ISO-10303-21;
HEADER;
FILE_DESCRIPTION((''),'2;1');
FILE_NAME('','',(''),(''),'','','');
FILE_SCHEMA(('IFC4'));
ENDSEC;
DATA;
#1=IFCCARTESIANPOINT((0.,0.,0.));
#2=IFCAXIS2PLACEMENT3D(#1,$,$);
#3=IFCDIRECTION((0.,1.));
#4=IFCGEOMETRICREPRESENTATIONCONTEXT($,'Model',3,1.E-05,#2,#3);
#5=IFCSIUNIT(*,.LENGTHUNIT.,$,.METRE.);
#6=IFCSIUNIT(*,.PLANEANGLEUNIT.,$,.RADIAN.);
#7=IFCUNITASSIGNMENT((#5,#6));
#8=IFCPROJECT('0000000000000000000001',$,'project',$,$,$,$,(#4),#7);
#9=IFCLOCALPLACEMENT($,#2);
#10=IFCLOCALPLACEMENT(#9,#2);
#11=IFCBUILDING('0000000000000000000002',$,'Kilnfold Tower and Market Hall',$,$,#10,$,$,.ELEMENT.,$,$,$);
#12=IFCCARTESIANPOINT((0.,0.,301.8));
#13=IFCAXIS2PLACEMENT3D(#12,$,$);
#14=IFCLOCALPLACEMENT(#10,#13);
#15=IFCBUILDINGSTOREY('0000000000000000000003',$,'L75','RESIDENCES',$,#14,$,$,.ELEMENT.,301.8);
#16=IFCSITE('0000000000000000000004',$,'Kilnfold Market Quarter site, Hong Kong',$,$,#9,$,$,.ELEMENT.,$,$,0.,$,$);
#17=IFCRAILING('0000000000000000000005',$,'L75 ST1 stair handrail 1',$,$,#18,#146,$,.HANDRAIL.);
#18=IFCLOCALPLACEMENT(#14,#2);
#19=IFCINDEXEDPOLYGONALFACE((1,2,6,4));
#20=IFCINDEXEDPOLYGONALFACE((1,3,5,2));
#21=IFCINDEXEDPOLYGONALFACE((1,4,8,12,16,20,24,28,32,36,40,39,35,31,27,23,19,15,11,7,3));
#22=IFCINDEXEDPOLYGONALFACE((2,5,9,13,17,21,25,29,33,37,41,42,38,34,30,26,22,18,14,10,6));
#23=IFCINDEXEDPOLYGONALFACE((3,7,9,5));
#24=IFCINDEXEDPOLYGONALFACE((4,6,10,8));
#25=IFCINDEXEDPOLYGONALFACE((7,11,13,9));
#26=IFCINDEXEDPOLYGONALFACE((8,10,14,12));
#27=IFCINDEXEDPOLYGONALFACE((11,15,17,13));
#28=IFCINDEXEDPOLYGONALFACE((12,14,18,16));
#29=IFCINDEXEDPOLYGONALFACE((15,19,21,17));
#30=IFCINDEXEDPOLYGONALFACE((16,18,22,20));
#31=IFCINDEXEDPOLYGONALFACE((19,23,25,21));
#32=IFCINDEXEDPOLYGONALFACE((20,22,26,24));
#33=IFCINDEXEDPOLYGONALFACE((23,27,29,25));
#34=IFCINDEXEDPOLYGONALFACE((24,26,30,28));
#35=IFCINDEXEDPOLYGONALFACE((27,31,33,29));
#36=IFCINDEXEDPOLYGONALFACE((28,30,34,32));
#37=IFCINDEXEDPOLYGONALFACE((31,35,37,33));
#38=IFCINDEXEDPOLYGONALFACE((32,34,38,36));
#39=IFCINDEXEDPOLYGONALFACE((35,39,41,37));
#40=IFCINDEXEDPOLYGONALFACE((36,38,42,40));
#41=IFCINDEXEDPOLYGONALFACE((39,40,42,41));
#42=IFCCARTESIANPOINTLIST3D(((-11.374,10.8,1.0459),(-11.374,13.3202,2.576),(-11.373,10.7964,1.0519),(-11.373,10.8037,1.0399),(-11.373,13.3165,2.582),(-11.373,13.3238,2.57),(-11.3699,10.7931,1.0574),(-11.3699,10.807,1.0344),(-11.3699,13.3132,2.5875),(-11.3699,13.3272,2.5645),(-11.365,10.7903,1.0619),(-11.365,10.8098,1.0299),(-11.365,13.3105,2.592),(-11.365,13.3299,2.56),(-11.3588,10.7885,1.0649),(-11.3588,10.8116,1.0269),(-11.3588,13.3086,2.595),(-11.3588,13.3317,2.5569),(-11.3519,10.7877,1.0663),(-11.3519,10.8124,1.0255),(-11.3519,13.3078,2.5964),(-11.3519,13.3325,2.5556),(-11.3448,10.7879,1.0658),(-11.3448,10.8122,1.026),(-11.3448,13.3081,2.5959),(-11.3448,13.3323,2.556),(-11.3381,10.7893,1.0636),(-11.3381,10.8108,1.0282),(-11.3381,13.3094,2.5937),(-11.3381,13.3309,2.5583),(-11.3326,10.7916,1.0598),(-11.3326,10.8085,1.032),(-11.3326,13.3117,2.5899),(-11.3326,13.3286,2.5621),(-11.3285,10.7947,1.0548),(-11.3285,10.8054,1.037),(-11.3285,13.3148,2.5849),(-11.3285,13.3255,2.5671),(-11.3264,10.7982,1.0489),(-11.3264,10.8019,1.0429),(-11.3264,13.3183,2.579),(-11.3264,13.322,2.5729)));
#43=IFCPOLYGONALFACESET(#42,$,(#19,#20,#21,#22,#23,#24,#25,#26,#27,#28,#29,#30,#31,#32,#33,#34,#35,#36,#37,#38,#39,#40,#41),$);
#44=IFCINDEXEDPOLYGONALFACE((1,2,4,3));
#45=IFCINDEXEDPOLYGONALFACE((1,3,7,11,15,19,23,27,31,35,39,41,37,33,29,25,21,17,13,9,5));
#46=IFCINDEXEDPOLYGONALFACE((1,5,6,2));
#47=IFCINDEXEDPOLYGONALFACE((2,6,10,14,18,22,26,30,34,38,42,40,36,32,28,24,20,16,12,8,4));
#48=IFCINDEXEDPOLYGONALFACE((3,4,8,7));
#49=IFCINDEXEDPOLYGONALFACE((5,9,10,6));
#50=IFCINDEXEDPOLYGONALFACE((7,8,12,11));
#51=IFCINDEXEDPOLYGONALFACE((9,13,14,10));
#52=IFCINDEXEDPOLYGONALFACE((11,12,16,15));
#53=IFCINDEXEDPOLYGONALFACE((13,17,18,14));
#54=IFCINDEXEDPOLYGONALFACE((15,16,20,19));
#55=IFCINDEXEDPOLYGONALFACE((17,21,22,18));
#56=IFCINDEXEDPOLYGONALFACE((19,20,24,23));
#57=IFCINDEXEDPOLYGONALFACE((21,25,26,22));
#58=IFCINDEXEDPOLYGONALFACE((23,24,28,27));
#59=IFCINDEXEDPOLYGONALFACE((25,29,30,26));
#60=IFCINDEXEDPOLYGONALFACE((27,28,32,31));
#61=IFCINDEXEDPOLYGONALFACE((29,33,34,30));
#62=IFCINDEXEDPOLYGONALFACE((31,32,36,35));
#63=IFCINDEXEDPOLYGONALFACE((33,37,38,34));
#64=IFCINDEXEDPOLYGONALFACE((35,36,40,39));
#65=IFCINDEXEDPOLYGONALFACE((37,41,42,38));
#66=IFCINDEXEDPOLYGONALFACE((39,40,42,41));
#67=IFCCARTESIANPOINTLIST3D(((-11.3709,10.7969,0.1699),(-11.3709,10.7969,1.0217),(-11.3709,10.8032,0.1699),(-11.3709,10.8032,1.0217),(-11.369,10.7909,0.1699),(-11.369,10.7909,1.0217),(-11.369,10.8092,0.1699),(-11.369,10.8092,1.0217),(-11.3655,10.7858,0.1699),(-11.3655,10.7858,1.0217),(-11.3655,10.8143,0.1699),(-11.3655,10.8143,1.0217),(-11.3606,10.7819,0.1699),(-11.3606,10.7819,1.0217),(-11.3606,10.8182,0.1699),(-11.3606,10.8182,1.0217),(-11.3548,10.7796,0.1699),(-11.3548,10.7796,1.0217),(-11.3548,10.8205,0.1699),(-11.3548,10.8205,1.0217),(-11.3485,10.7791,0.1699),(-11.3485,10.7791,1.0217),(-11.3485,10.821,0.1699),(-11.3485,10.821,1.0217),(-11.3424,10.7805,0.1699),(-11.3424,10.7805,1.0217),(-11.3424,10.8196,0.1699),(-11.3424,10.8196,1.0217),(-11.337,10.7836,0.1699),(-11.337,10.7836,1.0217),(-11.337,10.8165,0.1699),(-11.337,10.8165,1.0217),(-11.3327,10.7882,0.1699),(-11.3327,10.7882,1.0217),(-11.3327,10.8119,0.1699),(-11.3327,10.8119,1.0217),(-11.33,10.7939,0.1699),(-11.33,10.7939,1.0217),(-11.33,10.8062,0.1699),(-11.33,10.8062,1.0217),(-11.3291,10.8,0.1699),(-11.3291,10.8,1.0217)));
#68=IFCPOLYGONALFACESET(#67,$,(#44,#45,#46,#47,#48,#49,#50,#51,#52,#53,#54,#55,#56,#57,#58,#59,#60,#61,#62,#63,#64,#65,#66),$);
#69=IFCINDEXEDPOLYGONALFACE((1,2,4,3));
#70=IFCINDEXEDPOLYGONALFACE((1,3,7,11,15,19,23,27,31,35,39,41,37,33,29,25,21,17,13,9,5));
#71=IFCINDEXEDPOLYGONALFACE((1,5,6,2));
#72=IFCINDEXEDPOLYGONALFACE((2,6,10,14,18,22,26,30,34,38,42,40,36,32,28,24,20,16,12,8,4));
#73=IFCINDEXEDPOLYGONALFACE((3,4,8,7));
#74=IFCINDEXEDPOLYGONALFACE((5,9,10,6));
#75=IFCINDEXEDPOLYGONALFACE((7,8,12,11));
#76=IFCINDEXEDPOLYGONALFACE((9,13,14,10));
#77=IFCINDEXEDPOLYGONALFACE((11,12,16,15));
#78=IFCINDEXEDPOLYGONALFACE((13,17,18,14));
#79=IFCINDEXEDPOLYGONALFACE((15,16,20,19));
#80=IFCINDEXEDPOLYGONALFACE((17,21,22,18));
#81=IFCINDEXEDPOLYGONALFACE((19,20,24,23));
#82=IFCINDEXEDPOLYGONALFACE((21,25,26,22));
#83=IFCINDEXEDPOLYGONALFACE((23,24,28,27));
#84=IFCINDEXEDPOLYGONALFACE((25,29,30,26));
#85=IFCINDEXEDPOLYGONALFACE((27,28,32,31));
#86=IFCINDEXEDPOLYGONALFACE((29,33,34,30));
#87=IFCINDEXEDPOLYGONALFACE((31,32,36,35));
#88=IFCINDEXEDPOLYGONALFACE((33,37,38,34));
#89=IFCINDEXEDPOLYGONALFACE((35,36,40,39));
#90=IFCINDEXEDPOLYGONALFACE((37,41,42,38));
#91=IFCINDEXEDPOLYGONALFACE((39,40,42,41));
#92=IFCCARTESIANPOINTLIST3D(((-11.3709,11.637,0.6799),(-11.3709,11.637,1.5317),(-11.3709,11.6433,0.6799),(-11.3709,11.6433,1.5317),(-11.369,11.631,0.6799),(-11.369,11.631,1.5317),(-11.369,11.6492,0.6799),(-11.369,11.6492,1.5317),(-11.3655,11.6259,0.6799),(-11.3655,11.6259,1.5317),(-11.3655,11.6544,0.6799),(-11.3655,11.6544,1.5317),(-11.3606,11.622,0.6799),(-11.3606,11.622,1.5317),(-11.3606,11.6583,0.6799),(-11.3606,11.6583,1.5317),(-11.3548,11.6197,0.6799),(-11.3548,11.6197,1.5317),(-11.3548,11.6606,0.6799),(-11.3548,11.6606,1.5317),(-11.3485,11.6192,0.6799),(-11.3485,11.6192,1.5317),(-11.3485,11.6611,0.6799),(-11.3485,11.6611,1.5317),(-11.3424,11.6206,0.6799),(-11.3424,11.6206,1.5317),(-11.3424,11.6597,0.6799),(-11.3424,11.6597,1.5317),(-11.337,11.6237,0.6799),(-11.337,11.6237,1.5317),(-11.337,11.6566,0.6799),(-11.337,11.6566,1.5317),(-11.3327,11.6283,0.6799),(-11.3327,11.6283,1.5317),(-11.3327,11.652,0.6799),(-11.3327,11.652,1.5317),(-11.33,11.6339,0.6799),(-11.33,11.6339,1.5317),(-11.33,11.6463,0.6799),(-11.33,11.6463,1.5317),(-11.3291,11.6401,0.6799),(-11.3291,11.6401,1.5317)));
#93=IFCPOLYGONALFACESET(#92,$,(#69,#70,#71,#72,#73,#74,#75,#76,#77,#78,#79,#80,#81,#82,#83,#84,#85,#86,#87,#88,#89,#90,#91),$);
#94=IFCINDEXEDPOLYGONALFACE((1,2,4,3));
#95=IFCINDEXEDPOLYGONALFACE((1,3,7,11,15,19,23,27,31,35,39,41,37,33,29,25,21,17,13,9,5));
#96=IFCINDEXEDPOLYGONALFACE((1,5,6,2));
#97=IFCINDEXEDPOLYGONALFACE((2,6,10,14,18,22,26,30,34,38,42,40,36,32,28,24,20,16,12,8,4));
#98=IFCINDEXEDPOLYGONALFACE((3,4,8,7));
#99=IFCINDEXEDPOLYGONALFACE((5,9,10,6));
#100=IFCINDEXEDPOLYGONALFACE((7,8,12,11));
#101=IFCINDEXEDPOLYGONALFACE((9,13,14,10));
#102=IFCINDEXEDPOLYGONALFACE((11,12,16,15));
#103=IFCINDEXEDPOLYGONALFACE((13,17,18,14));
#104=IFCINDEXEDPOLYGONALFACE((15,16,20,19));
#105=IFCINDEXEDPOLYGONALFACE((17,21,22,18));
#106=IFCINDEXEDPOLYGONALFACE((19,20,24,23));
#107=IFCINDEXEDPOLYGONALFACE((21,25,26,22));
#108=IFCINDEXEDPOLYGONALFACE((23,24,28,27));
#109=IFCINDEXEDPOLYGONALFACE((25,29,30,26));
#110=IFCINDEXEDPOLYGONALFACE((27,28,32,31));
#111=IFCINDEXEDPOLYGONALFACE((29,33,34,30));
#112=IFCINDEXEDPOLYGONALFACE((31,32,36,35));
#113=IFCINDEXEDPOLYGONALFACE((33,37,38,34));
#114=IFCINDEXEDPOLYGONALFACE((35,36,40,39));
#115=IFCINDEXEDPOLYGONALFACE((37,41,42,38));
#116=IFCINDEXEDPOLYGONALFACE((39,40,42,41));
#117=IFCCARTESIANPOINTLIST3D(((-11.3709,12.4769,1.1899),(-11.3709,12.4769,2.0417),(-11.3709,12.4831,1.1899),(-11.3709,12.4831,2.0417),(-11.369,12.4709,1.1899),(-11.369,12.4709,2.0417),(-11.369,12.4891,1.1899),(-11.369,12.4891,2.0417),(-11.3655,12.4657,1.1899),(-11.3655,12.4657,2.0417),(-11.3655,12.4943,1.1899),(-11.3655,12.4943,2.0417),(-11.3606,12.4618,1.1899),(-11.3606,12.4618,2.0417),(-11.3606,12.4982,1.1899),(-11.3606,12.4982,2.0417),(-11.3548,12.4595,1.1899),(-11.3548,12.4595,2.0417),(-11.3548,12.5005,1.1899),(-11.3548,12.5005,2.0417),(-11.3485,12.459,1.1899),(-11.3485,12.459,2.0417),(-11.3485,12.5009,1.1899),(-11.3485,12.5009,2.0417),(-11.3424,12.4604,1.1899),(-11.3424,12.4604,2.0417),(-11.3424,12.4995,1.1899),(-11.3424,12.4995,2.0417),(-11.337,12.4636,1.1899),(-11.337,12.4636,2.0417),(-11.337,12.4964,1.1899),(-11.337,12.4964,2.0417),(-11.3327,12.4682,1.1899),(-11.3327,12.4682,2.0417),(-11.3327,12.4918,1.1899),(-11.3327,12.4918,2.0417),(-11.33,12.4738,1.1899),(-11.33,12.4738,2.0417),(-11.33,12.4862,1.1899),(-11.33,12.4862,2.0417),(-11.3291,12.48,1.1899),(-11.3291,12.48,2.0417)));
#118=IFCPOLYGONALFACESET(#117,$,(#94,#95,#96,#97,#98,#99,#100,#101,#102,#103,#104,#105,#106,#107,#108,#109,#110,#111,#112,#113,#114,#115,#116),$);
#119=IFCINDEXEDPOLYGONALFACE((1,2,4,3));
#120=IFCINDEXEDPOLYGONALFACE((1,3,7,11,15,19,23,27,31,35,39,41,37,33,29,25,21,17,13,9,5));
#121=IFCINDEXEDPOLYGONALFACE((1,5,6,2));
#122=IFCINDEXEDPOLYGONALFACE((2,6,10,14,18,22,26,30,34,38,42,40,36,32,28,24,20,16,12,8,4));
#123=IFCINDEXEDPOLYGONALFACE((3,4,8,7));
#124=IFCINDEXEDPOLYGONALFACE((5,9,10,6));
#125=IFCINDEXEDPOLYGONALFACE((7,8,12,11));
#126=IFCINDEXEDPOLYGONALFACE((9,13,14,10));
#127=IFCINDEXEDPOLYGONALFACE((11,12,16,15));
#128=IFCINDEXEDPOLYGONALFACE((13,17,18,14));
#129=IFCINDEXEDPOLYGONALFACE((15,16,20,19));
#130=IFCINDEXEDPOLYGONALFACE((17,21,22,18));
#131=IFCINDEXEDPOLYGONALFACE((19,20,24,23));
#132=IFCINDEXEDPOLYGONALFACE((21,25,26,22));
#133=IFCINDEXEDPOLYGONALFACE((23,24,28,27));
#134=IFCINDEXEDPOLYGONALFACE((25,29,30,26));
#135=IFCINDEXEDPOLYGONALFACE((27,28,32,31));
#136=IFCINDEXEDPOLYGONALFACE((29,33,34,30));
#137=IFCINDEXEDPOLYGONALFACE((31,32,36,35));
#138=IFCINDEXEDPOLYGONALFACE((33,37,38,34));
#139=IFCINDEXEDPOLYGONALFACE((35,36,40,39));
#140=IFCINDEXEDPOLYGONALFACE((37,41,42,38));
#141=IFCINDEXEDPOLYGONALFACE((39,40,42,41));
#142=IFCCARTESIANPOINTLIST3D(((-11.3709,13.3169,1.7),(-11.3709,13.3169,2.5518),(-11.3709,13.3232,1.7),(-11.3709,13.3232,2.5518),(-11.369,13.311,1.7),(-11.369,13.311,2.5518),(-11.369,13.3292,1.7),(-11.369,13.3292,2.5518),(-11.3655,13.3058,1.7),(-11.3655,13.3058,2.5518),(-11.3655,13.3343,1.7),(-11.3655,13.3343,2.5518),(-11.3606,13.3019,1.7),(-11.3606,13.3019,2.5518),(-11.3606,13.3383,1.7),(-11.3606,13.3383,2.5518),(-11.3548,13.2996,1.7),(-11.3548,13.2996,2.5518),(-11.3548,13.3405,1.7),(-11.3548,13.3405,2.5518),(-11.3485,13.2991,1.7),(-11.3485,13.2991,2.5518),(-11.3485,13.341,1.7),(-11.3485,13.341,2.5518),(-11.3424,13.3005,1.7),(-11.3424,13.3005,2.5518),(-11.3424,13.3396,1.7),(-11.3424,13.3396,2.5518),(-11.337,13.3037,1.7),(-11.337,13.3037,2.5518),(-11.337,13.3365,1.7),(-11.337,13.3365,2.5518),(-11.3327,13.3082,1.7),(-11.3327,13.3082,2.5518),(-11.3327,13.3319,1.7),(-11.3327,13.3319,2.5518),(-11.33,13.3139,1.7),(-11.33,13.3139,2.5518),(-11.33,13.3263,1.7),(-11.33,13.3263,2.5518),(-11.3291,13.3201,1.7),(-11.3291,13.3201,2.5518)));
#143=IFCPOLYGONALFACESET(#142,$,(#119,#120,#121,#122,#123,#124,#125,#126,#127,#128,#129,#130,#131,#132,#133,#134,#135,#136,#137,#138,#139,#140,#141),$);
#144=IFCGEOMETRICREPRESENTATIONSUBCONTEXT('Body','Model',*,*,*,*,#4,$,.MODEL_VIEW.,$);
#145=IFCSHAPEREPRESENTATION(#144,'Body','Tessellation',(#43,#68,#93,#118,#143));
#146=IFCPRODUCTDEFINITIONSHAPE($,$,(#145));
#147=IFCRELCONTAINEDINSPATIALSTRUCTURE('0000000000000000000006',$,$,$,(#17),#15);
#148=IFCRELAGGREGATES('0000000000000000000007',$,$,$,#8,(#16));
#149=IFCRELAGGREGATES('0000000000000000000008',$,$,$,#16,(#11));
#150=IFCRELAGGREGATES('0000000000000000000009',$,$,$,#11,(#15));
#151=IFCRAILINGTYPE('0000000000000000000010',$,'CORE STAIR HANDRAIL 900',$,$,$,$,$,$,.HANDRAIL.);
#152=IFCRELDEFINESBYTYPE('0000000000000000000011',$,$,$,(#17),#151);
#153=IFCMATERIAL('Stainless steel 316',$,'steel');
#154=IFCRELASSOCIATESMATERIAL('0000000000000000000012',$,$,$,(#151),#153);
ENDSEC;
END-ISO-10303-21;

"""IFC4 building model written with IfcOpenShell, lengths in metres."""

from ifc_helpers import new_model, si_unit, direction, frame, origin, origin_2d, place, context, subcontext, project, spatial, circle, extrude, material, type_object, element, save


model = new_model("IFC4")

# Units and contexts
model_context = context("Model", 3, precision=1e-05, world=origin(), true_north=direction((0.0, 1.0)))
body_context = subcontext(model_context, "Body", "Model", "MODEL_VIEW")
ifc_project = project(units=[si_unit("LENGTHUNIT", "METRE"), si_unit("PLANEANGLEUNIT", "RADIAN")], contexts=[model_context])

# Site, building, storey
site_placement = place(None, origin())
site = spatial("IfcSite", under=ifc_project, at=site_placement, Name="Kilnfold Market Quarter site, Hong Kong", CompositionType="ELEMENT", RefElevation=0.0)
building_placement = place(site_placement, origin())
building = spatial("IfcBuilding", under=site, at=building_placement, Name="Kilnfold Tower and Market Hall", CompositionType="ELEMENT")
storey_placement = place(building_placement, frame((0.0, 0.0, 301.8)))
storey = spatial("IfcBuildingStorey", under=building, at=storey_placement, Name="L75", Description="RESIDENCES", CompositionType="ELEMENT", Elevation=301.8)

# Railing
ifc_material_1 = material(Name="Stainless steel 316", Category="steel")
railing_type_1 = type_object("IfcRailingType", Name="CORE STAIR HANDRAIL 900", PredefinedType="HANDRAIL", material=ifc_material_1)
railing_1_placement = place(storey_placement, frame((-11.3501, 10.8, 0.1699)))
element("IfcRailing", 1, at=railing_1_placement, inside=storey, type_object=railing_type_1, Name="L75 ST1 stair handrail 1", PredefinedType="HANDRAIL", context=body_context, shape_type="SweptSolid", body=[
    extrude(circle(Radius=0.0239, at=origin_2d()), frame((0.0, 0.0, 0.876), z_axis=(0.0, 0.854785, 0.518982), x_axis=(-1.0, 0.0, 0.0)), (0.0, 0.0, 1.0), 2.9482),
    extrude(circle(Radius=0.021, at=origin_2d()), origin(), (0.0, 0.0, 1.0), 0.8518),
    extrude(circle(Radius=0.021, at=origin_2d()), frame((0.0, 0.8401, 0.51)), (0.0, 0.0, 1.0), 0.8518),
    extrude(circle(Radius=0.021, at=origin_2d()), frame((0.0, 1.6799, 1.02)), (0.0, 0.0, 1.0), 0.8518),
    extrude(circle(Radius=0.021, at=origin_2d()), frame((0.0, 2.52, 1.53)), (0.0, 0.0, 1.0), 0.8518),
])

save(model, "model.ifc")
